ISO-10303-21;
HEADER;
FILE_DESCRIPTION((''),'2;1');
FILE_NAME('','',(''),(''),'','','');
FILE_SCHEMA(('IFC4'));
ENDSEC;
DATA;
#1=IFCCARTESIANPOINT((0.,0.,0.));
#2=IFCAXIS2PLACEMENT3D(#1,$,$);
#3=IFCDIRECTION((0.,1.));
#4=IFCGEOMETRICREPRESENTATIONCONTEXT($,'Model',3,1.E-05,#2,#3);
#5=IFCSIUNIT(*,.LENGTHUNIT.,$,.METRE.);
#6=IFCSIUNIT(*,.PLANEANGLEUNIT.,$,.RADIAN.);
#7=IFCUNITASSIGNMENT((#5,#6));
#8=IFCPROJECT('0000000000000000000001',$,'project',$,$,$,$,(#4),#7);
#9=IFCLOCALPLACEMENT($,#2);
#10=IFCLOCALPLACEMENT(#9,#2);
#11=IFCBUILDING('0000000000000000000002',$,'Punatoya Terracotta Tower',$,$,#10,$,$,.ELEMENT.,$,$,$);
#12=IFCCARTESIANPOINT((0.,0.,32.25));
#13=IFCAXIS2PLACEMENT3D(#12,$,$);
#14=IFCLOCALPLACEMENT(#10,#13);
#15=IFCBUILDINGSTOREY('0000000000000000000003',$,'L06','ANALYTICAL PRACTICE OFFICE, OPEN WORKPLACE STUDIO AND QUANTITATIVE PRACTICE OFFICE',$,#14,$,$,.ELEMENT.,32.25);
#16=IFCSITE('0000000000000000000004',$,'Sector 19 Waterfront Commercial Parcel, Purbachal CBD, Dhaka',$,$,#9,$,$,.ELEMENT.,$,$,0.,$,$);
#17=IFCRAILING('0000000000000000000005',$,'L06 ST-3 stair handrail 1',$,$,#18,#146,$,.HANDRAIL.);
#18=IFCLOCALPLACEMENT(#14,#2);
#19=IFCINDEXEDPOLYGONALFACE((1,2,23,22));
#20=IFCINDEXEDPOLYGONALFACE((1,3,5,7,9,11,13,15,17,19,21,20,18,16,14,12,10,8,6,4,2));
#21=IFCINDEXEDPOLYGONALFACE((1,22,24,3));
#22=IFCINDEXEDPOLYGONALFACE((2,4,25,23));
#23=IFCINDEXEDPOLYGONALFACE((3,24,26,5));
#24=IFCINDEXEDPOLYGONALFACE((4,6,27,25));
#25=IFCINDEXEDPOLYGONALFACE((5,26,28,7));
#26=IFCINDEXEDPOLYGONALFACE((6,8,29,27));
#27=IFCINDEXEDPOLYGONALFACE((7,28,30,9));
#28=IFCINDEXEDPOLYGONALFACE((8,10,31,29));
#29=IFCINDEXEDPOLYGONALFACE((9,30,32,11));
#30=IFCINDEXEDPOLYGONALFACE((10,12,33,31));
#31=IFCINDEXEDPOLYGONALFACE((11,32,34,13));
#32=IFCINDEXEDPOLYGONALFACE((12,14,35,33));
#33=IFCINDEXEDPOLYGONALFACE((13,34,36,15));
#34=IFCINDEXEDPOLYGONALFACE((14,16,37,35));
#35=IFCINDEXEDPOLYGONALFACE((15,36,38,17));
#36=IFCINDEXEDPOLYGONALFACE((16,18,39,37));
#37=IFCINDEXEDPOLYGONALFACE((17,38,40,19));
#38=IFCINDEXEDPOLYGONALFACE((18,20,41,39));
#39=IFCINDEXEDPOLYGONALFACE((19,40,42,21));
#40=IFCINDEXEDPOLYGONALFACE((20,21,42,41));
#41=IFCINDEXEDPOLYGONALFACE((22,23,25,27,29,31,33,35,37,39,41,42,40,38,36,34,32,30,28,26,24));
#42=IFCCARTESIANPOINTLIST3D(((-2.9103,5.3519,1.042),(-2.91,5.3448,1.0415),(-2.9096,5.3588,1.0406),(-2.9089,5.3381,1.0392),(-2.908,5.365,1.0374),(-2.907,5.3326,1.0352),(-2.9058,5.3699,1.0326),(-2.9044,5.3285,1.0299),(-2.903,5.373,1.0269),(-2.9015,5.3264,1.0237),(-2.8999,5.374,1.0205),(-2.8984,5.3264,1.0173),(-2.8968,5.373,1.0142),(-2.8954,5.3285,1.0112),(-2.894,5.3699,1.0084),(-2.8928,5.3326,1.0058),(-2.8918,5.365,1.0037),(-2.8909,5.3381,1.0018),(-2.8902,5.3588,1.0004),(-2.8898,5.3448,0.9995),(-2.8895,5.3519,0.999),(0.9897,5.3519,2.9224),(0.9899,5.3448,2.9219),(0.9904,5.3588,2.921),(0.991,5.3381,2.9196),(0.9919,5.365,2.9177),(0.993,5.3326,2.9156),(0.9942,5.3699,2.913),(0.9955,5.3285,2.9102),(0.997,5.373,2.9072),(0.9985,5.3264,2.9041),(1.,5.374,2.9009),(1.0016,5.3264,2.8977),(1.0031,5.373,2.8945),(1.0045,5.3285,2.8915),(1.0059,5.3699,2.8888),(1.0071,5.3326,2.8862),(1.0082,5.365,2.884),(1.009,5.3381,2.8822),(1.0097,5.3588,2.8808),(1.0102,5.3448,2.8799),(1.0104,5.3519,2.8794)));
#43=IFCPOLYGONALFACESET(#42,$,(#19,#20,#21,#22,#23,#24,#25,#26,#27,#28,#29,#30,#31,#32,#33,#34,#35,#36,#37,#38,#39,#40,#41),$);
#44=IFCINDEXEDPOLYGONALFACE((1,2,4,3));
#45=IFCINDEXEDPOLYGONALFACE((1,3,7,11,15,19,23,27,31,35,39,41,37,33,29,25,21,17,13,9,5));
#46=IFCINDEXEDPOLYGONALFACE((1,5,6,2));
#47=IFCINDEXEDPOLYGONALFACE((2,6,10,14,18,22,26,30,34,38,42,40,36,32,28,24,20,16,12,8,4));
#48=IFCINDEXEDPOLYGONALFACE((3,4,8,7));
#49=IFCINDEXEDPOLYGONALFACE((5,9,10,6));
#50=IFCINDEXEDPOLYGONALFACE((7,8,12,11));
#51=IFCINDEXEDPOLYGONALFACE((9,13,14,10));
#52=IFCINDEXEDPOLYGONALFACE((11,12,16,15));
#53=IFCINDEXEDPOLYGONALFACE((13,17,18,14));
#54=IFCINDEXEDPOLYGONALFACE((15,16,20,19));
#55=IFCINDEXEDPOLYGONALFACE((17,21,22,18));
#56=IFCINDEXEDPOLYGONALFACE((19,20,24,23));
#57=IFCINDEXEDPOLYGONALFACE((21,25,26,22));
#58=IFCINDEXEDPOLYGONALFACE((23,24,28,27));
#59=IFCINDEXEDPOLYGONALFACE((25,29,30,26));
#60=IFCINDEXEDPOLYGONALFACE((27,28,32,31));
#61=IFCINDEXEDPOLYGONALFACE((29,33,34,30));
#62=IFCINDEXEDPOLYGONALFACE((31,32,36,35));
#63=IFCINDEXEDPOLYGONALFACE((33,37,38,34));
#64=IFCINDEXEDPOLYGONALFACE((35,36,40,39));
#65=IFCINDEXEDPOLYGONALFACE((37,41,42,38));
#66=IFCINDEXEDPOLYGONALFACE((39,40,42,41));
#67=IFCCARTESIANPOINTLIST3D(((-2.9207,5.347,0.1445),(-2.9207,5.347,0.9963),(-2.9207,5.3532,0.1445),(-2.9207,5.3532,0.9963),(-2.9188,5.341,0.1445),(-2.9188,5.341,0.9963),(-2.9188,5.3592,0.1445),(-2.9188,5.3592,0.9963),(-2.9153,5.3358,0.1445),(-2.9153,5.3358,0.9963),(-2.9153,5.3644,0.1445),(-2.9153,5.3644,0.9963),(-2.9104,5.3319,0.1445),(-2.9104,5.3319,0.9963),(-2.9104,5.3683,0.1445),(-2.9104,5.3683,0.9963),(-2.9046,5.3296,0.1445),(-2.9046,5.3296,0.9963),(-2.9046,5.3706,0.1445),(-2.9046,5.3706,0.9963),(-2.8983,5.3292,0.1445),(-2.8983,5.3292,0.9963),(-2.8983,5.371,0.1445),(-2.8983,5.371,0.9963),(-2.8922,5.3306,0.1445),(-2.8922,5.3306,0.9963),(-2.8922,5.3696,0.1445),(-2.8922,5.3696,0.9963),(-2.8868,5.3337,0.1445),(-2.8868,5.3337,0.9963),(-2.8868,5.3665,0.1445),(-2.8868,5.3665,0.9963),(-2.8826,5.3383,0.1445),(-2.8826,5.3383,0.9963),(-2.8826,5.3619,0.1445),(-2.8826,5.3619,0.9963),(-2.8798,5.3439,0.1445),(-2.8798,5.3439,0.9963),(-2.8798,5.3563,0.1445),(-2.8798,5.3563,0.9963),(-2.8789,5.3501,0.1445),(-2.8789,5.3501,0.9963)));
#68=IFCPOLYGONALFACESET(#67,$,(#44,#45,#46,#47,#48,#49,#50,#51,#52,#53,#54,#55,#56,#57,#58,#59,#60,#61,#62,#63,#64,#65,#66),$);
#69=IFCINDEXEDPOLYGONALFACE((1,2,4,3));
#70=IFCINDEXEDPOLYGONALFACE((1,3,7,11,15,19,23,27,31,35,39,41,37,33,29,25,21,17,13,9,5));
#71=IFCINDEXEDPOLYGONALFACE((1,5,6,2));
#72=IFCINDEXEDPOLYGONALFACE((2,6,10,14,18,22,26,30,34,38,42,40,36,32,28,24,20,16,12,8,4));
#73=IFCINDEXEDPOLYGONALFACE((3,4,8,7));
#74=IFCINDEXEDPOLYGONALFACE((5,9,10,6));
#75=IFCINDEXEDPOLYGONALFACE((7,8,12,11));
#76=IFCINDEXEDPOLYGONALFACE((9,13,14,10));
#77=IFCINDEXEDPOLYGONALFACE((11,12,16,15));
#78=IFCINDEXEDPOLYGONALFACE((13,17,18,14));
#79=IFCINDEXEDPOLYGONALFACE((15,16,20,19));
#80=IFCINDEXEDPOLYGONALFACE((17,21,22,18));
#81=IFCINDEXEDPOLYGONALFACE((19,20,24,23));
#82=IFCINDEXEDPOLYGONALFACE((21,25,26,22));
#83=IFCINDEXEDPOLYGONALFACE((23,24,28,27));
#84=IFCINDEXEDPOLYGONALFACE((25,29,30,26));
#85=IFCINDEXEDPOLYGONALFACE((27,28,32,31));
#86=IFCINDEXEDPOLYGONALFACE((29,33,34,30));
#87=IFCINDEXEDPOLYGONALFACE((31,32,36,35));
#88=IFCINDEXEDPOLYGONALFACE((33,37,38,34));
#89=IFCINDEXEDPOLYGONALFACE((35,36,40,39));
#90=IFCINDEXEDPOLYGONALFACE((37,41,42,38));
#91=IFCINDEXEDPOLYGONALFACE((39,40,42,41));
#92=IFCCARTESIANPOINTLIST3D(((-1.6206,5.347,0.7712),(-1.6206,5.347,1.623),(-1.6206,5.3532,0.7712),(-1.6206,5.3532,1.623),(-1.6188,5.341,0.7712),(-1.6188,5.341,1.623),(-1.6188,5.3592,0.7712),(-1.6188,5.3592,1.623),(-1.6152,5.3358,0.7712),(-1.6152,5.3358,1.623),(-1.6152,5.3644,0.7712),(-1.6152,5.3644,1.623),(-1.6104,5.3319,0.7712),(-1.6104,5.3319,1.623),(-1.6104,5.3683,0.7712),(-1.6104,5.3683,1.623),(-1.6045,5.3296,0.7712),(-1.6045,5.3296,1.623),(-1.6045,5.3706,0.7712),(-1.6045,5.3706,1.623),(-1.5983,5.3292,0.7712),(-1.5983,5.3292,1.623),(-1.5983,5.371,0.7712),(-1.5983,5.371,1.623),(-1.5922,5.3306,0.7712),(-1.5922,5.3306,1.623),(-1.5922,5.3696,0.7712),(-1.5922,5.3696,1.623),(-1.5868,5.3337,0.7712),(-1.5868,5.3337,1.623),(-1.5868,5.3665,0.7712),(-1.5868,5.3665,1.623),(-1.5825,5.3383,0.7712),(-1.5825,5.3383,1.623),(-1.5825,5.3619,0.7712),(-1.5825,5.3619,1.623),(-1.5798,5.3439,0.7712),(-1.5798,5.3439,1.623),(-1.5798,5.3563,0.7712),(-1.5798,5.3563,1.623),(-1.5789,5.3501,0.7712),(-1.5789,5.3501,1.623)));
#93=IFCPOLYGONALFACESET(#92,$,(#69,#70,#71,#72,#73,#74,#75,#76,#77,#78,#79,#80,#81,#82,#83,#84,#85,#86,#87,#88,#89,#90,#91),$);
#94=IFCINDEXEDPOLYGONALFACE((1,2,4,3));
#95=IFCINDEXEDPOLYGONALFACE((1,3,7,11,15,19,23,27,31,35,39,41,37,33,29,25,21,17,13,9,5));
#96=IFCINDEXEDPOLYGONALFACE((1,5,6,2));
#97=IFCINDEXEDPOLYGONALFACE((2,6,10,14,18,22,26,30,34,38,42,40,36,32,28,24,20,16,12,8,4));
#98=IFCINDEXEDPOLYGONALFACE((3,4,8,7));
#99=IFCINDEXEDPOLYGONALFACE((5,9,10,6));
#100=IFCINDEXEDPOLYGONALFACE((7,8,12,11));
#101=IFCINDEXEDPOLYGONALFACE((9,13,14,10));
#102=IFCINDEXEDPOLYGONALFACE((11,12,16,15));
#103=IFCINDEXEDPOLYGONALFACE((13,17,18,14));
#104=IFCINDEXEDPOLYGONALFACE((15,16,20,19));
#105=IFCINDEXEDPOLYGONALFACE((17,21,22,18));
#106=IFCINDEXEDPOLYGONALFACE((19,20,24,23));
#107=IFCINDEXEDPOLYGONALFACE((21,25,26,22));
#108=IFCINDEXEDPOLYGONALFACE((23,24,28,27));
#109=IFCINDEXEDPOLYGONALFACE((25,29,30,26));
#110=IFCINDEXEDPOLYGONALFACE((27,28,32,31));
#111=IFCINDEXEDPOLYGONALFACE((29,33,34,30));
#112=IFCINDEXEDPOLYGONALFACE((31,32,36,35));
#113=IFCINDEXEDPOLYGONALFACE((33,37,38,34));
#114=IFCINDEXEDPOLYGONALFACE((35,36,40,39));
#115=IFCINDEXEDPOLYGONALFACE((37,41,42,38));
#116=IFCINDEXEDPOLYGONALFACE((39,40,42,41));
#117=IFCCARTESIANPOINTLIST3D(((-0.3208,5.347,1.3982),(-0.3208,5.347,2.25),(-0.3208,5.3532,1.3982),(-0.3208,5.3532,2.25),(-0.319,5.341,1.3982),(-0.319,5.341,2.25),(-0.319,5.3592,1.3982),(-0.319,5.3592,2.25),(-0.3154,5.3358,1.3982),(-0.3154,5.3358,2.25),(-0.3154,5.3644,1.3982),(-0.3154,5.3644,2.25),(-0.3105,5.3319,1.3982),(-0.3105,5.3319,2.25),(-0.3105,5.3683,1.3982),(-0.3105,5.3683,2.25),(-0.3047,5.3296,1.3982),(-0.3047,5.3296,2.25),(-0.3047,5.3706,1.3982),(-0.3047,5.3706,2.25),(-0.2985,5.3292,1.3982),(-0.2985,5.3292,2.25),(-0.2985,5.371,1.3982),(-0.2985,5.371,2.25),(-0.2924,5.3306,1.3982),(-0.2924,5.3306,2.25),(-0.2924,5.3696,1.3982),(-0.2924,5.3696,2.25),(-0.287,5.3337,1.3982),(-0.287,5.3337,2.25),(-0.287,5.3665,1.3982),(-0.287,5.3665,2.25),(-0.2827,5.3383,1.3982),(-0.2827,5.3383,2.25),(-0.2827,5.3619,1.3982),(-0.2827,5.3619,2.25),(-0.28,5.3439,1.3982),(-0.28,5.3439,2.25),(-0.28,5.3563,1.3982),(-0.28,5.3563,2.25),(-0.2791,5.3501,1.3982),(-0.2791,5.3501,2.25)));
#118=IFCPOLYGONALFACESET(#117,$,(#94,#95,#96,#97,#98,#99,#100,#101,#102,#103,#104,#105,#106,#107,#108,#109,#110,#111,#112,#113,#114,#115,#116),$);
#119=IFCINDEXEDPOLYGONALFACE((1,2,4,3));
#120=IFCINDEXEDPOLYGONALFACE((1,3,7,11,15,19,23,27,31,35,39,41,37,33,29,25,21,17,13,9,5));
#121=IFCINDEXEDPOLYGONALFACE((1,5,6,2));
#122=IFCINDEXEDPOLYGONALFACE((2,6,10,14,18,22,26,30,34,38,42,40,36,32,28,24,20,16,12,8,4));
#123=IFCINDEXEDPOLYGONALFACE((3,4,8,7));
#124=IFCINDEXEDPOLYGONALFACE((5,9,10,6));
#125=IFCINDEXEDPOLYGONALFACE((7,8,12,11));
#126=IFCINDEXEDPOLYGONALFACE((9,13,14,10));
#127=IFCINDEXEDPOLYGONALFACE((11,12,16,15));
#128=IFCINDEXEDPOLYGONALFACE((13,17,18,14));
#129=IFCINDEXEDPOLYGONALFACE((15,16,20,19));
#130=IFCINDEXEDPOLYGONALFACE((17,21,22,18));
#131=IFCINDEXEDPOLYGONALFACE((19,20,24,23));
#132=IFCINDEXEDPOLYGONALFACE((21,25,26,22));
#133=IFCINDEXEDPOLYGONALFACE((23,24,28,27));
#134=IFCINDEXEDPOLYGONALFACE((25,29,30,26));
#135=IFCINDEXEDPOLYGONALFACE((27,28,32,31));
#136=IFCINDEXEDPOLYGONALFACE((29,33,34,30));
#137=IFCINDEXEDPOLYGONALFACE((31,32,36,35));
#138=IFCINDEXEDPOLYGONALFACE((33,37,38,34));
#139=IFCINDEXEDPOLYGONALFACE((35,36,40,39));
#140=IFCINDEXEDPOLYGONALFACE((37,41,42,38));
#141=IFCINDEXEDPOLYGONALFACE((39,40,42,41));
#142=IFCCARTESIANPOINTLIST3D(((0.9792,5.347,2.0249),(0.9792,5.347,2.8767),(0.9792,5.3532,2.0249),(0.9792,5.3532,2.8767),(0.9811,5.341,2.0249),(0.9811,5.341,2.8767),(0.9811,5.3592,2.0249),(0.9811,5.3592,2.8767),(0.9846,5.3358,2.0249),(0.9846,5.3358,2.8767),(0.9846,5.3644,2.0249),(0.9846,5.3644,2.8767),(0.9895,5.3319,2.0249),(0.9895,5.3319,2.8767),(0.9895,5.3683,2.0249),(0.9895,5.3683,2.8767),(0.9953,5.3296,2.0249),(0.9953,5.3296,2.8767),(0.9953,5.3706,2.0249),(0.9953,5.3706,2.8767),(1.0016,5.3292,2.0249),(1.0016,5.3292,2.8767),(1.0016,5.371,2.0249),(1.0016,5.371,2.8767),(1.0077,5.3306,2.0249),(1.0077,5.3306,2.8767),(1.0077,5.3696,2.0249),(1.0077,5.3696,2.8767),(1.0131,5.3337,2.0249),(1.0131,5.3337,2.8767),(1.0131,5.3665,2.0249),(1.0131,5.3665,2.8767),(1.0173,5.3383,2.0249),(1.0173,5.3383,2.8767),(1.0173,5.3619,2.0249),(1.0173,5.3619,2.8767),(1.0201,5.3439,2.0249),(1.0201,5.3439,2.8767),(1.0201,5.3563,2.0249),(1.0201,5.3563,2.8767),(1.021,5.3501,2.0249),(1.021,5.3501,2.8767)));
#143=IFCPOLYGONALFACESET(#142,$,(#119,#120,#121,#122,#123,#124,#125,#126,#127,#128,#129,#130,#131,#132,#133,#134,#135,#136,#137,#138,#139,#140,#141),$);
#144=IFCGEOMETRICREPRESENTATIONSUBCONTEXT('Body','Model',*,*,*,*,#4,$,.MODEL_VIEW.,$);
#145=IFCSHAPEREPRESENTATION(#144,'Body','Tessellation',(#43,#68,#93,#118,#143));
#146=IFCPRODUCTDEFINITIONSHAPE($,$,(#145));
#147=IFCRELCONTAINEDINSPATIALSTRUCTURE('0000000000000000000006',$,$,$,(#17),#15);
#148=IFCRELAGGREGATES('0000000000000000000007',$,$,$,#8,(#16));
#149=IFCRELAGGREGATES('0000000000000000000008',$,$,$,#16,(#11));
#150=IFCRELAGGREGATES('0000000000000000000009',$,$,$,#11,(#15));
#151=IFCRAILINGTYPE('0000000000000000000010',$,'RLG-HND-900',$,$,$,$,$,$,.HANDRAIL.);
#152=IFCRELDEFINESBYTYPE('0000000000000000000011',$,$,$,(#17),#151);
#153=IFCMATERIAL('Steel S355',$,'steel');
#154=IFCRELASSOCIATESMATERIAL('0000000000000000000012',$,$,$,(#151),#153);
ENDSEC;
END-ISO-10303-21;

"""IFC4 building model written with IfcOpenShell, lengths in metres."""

from ifc_helpers import new_model, si_unit, direction, frame, origin, origin_2d, place, context, subcontext, project, spatial, circle, extrude, material, type_object, element, save


model = new_model("IFC4")

# Units and contexts
model_context = context("Model", 3, precision=1e-05, world=origin(), true_north=direction((0.0, 1.0)))
body_context = subcontext(model_context, "Body", "Model", "MODEL_VIEW")
ifc_project = project(units=[si_unit("LENGTHUNIT", "METRE"), si_unit("PLANEANGLEUNIT", "RADIAN")], contexts=[model_context])

# Site, building, storey
site_placement = place(None, origin())
site = spatial("IfcSite", under=ifc_project, at=site_placement, Name="Sector 19 Waterfront Commercial Parcel, Purbachal CBD, Dhaka", CompositionType="ELEMENT", RefElevation=0.0)
building_placement = place(site_placement, origin())
building = spatial("IfcBuilding", under=site, at=building_placement, Name="Punatoya Terracotta Tower", CompositionType="ELEMENT")
storey_placement = place(building_placement, frame((0.0, 0.0, 32.25)))
storey = spatial("IfcBuildingStorey", under=building, at=storey_placement, Name="L06", Description="ANALYTICAL PRACTICE OFFICE, OPEN WORKPLACE STUDIO AND QUANTITATIVE PRACTICE OFFICE", CompositionType="ELEMENT", Elevation=32.25)

# Shared definitions
ifc_material_1 = material(Name="Steel S355", Category="steel")

# Railing
railing_type_1 = type_object("IfcRailingType", Name="RLG-HND-900", PredefinedType="HANDRAIL", material=ifc_material_1)
railing_1_placement = place(storey_placement, frame((-2.8999, 5.3501, 0.1445)))
element("IfcRailing", 1, at=railing_1_placement, inside=storey, type_object=railing_type_1, Name="L06 ST-3 stair handrail 1", PredefinedType="HANDRAIL", context=body_context, shape_type="SweptSolid", body=[
    extrude(circle(Radius=0.0239, at=origin_2d()), frame((0.0, 0.0, 0.876), z_axis=(0.900763, 0.0, 0.434311), x_axis=(0.0, 1.0, 0.0)), (0.0, 0.0, 1.0), 4.3296),
    extrude(circle(Radius=0.021, at=origin_2d()), origin(), (0.0, 0.0, 1.0), 0.8518),
    extrude(circle(Radius=0.021, at=origin_2d()), frame((1.3, 0.0, 0.6267)), (0.0, 0.0, 1.0), 0.8518),
    extrude(circle(Radius=0.021, at=origin_2d()), frame((2.5999, 0.0, 1.2537)), (0.0, 0.0, 1.0), 0.8518),
    extrude(circle(Radius=0.021, at=origin_2d()), frame((3.8999, 0.0, 1.8804)), (0.0, 0.0, 1.0), 0.8518),
])

save(model, "model.ifc")
